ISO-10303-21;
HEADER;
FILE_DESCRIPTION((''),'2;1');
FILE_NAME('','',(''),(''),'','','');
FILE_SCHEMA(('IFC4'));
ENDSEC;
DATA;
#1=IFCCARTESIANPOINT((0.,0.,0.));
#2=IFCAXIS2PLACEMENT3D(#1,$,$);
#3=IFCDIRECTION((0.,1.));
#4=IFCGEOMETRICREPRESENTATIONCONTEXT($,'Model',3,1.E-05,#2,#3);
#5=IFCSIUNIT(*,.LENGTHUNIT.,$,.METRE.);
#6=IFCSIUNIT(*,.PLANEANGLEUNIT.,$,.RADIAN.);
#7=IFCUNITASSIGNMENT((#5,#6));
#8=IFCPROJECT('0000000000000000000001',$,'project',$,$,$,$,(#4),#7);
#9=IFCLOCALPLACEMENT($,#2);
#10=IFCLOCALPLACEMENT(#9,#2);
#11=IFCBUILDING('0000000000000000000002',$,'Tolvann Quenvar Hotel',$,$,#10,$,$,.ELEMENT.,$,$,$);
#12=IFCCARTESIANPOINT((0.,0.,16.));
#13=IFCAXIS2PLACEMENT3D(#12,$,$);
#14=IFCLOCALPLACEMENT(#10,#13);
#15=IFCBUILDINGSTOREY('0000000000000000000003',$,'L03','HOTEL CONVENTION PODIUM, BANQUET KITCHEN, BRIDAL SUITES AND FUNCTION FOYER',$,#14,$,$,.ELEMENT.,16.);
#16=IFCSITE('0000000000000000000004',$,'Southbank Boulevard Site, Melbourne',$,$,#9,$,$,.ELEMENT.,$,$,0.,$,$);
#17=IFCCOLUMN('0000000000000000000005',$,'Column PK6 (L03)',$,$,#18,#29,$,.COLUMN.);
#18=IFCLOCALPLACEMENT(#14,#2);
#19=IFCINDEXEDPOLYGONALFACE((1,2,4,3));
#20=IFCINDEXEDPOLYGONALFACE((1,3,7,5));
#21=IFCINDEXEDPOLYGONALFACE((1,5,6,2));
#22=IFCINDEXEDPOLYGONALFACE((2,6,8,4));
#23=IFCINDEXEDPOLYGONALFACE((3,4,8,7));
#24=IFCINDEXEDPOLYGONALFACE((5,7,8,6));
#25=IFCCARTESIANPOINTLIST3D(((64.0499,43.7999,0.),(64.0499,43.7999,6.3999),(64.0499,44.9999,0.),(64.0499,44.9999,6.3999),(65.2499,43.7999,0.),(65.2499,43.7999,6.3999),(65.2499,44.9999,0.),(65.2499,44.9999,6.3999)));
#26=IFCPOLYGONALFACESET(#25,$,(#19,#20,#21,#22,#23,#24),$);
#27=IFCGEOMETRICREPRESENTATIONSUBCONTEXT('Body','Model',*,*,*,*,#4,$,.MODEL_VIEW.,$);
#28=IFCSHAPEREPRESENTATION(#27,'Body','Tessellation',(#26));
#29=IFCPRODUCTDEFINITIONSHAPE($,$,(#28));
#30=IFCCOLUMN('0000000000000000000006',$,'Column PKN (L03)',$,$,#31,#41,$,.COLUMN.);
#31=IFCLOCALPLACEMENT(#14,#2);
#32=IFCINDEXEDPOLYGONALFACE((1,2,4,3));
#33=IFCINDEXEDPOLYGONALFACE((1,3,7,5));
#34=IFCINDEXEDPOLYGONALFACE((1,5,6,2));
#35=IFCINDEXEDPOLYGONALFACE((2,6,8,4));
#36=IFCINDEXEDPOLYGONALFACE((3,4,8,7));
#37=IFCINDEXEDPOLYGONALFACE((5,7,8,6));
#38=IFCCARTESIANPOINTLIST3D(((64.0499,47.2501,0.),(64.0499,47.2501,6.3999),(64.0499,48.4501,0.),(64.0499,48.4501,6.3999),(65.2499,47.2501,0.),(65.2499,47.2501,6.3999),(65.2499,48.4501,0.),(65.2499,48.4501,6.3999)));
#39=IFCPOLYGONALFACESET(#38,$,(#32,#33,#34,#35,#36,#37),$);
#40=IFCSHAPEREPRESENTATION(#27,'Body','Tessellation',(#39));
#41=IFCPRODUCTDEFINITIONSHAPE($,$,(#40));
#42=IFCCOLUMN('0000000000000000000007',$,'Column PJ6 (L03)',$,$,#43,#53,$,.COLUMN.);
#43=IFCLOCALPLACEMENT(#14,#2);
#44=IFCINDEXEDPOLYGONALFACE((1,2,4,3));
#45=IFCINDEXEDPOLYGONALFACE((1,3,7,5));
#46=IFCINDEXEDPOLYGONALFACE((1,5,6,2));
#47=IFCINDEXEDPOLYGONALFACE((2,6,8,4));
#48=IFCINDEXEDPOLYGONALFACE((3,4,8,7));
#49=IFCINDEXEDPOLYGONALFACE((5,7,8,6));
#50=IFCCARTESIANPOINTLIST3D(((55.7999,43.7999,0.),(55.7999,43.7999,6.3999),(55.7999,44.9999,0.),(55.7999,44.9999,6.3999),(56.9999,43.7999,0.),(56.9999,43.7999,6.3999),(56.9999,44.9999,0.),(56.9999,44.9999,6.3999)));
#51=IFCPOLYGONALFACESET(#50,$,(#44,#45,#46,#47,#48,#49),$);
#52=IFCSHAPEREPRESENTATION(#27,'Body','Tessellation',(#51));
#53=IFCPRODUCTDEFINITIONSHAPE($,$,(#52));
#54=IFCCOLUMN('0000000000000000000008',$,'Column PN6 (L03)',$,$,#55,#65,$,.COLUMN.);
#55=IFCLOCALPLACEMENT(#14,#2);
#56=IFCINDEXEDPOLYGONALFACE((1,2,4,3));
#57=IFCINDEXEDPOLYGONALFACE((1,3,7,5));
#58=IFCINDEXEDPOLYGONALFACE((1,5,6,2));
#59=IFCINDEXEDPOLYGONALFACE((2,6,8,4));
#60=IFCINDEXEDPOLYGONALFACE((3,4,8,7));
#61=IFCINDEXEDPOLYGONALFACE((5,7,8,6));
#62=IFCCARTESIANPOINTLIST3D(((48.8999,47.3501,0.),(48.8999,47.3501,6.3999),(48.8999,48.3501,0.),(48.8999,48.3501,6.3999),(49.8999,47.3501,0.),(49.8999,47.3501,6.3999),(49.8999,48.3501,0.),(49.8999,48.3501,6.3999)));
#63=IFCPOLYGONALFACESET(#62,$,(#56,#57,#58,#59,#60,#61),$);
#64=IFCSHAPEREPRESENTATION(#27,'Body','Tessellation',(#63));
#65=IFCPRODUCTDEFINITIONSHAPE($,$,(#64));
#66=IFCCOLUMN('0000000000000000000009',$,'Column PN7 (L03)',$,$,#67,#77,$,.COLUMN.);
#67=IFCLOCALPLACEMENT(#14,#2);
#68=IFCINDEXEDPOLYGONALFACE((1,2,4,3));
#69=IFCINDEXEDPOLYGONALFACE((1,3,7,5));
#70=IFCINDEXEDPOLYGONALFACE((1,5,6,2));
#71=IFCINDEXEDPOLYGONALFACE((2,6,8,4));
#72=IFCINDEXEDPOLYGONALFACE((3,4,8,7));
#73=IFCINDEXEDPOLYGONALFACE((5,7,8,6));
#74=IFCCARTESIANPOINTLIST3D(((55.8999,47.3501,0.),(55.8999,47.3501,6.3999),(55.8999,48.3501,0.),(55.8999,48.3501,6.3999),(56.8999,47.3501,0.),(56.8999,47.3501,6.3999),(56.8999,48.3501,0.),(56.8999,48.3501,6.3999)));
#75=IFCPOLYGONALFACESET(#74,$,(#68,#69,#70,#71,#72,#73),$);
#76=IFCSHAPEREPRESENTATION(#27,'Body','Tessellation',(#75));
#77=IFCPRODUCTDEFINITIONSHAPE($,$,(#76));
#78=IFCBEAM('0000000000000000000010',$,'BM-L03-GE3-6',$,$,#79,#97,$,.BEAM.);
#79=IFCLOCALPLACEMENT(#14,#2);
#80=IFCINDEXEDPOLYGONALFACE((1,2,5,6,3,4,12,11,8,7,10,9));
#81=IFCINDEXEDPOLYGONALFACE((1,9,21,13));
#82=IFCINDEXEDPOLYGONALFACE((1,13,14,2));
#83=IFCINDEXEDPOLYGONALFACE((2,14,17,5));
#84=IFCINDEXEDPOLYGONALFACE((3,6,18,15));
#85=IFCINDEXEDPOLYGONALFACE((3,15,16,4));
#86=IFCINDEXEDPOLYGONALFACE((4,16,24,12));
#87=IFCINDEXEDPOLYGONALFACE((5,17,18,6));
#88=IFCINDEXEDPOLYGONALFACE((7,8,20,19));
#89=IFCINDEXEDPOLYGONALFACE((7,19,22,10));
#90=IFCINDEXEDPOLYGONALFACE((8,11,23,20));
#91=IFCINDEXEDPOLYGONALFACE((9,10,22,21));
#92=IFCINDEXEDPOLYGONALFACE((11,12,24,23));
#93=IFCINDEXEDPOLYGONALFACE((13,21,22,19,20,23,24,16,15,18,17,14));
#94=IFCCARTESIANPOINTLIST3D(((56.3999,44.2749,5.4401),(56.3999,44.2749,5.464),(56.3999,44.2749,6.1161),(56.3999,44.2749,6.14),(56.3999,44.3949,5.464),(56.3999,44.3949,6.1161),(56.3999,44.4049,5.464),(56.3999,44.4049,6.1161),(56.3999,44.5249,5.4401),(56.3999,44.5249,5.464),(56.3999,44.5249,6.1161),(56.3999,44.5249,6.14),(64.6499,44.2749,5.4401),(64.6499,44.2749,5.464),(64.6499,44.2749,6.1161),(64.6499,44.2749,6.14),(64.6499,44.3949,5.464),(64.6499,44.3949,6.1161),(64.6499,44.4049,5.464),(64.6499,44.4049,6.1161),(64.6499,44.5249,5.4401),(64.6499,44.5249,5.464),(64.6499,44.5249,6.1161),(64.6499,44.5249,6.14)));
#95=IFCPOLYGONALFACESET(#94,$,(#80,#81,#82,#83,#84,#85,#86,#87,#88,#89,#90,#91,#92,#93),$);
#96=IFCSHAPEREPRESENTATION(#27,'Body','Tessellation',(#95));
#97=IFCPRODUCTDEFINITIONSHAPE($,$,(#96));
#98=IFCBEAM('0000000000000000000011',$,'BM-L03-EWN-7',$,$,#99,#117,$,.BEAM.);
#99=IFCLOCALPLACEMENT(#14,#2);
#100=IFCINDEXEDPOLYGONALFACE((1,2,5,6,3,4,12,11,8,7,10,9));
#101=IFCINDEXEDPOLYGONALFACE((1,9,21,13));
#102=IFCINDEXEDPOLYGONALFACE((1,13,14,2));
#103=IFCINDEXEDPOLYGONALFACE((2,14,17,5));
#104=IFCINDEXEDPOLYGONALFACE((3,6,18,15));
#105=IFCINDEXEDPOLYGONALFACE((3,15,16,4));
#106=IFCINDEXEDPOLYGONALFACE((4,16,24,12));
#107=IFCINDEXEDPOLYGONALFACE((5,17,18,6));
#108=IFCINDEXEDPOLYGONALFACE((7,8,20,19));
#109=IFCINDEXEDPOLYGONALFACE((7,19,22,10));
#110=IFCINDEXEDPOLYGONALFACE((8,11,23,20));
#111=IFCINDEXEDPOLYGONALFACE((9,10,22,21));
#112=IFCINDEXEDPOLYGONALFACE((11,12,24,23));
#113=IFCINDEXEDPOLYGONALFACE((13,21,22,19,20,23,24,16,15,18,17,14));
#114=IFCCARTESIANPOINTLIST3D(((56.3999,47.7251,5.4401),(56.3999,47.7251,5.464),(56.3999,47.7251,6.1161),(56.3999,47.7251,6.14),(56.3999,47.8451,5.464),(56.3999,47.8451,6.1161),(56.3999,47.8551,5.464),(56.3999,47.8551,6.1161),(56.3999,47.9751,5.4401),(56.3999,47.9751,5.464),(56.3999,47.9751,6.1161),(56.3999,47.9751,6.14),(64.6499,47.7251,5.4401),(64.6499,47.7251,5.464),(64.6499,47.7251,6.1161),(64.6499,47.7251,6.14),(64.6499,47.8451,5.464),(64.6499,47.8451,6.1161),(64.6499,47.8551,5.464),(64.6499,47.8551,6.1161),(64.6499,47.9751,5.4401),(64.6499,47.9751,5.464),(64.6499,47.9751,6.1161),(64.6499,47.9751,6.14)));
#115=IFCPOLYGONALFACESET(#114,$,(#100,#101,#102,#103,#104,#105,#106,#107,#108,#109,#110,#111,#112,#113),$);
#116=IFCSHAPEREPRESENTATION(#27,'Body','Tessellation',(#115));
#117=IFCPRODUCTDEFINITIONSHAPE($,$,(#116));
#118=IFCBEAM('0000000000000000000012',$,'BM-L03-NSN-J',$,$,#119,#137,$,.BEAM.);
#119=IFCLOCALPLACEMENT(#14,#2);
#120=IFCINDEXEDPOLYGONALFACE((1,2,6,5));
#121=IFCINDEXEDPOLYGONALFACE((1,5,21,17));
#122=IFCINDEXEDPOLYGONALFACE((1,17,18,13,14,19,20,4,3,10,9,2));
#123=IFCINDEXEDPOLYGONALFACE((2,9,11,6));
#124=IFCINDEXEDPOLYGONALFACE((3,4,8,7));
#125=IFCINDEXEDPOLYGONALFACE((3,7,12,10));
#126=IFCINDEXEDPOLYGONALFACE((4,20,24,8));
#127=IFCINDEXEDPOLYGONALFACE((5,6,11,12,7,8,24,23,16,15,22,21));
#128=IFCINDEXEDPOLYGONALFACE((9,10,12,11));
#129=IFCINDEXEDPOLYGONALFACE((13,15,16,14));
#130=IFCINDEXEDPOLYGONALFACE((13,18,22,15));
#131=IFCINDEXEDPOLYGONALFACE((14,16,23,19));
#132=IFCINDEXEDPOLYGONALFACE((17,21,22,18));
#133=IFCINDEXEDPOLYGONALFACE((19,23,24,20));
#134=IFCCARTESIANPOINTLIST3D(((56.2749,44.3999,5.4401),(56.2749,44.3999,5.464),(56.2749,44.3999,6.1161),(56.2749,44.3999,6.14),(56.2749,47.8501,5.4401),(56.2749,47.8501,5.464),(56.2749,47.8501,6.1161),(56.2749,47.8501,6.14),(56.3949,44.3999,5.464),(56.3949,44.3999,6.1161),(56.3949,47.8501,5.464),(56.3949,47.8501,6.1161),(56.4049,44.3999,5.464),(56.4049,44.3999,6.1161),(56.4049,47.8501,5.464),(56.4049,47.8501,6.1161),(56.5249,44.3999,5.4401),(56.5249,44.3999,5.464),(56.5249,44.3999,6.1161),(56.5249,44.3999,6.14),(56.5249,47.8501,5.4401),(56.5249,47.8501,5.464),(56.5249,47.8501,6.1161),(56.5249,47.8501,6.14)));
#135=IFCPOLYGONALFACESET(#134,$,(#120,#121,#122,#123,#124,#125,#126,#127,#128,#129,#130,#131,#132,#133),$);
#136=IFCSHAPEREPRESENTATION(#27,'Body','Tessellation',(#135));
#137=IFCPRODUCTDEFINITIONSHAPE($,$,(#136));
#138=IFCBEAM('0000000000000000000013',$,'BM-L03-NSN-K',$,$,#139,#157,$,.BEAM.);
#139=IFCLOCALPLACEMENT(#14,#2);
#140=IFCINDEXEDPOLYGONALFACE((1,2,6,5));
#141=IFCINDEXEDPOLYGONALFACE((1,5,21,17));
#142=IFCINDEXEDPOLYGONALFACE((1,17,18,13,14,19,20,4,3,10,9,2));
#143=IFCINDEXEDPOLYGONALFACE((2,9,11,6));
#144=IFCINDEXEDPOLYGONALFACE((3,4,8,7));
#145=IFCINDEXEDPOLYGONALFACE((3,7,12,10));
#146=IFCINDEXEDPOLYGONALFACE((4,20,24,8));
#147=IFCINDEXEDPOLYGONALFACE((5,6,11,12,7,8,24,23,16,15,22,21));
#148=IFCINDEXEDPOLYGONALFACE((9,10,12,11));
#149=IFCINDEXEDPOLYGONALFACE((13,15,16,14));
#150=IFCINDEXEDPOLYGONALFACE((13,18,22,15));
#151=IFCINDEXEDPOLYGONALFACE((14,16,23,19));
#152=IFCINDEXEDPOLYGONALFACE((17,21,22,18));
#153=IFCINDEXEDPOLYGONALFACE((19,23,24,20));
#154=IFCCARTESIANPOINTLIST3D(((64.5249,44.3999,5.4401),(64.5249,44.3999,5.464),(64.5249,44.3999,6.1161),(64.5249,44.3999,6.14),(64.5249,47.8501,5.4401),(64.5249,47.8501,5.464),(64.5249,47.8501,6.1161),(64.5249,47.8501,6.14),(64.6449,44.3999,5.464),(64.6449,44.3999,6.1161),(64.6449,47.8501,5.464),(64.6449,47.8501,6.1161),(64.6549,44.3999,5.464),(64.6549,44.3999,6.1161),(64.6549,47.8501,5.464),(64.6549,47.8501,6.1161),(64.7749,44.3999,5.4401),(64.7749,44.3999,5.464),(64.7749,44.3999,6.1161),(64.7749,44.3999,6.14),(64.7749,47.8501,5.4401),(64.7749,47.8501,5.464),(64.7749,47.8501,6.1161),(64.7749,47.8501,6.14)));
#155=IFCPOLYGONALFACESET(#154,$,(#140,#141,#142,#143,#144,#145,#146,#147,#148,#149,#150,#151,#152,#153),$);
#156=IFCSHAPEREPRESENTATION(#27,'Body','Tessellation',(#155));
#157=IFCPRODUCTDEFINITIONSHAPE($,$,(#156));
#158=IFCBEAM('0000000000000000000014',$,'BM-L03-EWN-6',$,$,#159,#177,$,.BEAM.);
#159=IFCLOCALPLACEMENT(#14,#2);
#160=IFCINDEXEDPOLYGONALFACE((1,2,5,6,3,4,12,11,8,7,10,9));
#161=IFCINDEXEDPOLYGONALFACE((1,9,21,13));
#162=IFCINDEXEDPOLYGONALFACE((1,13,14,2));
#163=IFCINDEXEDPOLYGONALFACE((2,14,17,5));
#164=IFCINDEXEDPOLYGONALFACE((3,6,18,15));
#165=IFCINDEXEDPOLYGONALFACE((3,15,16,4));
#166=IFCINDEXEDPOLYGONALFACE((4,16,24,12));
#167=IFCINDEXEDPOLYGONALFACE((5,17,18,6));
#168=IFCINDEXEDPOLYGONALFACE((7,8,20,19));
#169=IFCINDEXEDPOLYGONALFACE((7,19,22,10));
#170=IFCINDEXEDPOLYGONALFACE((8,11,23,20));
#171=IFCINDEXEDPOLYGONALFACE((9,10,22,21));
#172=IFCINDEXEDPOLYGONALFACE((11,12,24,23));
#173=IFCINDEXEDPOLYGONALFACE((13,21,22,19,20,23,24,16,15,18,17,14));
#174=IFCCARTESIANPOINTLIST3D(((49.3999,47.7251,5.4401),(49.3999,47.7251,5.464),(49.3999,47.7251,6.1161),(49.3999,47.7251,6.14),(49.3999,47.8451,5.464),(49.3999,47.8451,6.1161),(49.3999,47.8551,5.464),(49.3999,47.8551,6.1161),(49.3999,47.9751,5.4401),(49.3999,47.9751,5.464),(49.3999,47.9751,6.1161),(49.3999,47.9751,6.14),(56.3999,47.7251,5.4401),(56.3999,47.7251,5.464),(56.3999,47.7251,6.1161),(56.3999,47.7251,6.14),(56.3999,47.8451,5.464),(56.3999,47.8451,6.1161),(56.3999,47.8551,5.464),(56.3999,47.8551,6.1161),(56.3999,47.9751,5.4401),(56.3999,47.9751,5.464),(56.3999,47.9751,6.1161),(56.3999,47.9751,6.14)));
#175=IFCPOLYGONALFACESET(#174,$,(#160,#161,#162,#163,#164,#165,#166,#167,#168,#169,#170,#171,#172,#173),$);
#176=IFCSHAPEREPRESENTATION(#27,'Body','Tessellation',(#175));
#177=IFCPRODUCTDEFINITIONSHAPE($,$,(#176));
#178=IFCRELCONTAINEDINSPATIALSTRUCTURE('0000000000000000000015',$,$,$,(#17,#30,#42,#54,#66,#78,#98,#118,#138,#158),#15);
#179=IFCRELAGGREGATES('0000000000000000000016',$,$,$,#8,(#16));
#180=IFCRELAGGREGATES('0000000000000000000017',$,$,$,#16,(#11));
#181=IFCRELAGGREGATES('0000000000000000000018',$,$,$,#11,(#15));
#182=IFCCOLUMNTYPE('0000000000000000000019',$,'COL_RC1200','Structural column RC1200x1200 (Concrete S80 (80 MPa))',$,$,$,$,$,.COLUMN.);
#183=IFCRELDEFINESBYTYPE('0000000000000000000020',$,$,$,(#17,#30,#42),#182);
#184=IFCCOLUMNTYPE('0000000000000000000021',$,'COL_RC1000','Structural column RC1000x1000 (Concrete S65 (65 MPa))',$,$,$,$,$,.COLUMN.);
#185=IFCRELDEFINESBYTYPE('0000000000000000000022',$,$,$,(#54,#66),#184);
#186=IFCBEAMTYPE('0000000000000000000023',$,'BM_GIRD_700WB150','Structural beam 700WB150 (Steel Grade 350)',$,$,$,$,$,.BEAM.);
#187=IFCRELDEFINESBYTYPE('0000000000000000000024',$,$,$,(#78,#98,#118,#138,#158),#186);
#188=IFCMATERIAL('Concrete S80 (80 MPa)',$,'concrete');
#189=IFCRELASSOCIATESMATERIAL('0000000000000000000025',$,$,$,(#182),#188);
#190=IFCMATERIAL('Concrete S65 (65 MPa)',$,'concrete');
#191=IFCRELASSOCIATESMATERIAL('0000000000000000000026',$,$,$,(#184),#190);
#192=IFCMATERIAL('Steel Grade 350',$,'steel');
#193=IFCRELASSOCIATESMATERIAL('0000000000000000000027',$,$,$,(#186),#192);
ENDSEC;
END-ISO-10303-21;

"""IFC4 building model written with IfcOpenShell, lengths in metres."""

from ifc_helpers import new_model, si_unit, direction, frame, origin, origin_2d, place, context, subcontext, project, spatial, rectangle, i_section, extrude, source, transform, mapped, material, material_profile, profile_set, type_object, type_shapes, element, save


model = new_model("IFC4")

# Units and contexts
model_context = context("Model", 3, precision=1e-05, world=origin(), true_north=direction((0.0, 1.0)))
body_context = subcontext(model_context, "Body", "Model", "MODEL_VIEW")
ifc_project = project(units=[si_unit("LENGTHUNIT", "METRE"), si_unit("PLANEANGLEUNIT", "RADIAN")], contexts=[model_context])

# Site, building, storey
site_placement = place(None, origin())
site = spatial("IfcSite", under=ifc_project, at=site_placement, Name="Southbank Boulevard Site, Melbourne", CompositionType="ELEMENT", RefElevation=0.0)
building_placement = place(site_placement, origin())
building = spatial("IfcBuilding", under=site, at=building_placement, Name="Tolvann Quenvar Hotel", CompositionType="ELEMENT")
storey_placement = place(building_placement, frame((0.0, 0.0, 16.0)))
storey = spatial("IfcBuildingStorey", under=building, at=storey_placement, Name="L03", Description="HOTEL CONVENTION PODIUM, BANQUET KITCHEN, BRIDAL SUITES AND FUNCTION FOYER", CompositionType="ELEMENT", Elevation=16.0)

# Columns
ifc_material_1 = material(Name="Concrete S80 (80 MPa)", Category="concrete")
ifc_material_profile_1 = material_profile(ifc_material_1, rectangle(XDim=1.2, YDim=1.2, at=origin_2d()), Name="RC1200x1200")
ifc_profile_set_1 = profile_set([ifc_material_profile_1], Name="Concrete S80 (80 MPa)")
column_type_1 = type_object("IfcColumnType", Name="COL_RC1200", Description="Structural column RC1200x1200 (Concrete S80 (80 MPa))", PredefinedType="COLUMN", material=ifc_profile_set_1)
shared_shape_1 = source(origin(), body_context, "Body", "SweptSolid", [
    extrude(rectangle(XDim=1.2, YDim=1.2, at=origin_2d()), origin(), (0.0, 0.0, 1.0), 6.3999),
])
type_shapes(column_type_1, [shared_shape_1])
for number, where, z_axis, x_axis, name in (
    (1, (64.6499, 44.3999, 0.0), (0.0, 0.0, 1.0), (1.0, 0.0, 0.0), "Column PK6 (L03)"),
    (2, (64.6499, 47.8501, 0.0), (0.0, 0.0, 1.0), (1.0, 0.0, 0.0), "Column PKN (L03)"),
    (3, (56.3999, 44.3999, 0.0), (0.0, 0.0, 1.0), (1.0, 0.0, 0.0), "Column PJ6 (L03)"),
):
    element("IfcColumn", number, at=place(storey_placement, frame(where, z_axis=z_axis, x_axis=x_axis)), inside=storey, type_object=column_type_1, Name=name, PredefinedType="COLUMN", context=body_context, shape_type="MappedRepresentation", body=[
        mapped(shared_shape_1, transform((0.0, 0.0, 0.0), x_axis=(1.0, 0.0, 0.0), y_axis=(0.0, 1.0, 0.0), z_axis=(0.0, 0.0, 1.0), scale=1.0)),
    ])
ifc_material_2 = material(Name="Concrete S65 (65 MPa)", Category="concrete")
ifc_material_profile_2 = material_profile(ifc_material_2, rectangle(XDim=1.0, YDim=1.0, at=origin_2d()), Name="RC1000x1000")
ifc_profile_set_2 = profile_set([ifc_material_profile_2], Name="Concrete S65 (65 MPa)")
column_type_2 = type_object("IfcColumnType", Name="COL_RC1000", Description="Structural column RC1000x1000 (Concrete S65 (65 MPa))", PredefinedType="COLUMN", material=ifc_profile_set_2)
shared_shape_2 = source(origin(), body_context, "Body", "SweptSolid", [
    extrude(rectangle(XDim=1.0, YDim=1.0, at=origin_2d()), origin(), (0.0, 0.0, 1.0), 6.3999),
])
type_shapes(column_type_2, [shared_shape_2])
for number, where, z_axis, x_axis, name in (
    (4, (49.3999, 47.8501, 0.0), (0.0, 0.0, 1.0), (1.0, 0.0, 0.0), "Column PN6 (L03)"),
    (5, (56.3999, 47.8501, 0.0), (0.0, 0.0, 1.0), (1.0, 0.0, 0.0), "Column PN7 (L03)"),
):
    element("IfcColumn", number, at=place(storey_placement, frame(where, z_axis=z_axis, x_axis=x_axis)), inside=storey, type_object=column_type_2, Name=name, PredefinedType="COLUMN", context=body_context, shape_type="MappedRepresentation", body=[
        mapped(shared_shape_2, transform((0.0, 0.0, 0.0), x_axis=(1.0, 0.0, 0.0), y_axis=(0.0, 1.0, 0.0), z_axis=(0.0, 0.0, 1.0), scale=1.0)),
    ])

# Beams
ifc_material_3 = material(Name="Steel Grade 350", Category="steel")
ifc_material_profile_3 = material_profile(ifc_material_3, i_section(OverallWidth=0.25, OverallDepth=0.7, WebThickness=0.01, FlangeThickness=0.0239, at=origin_2d()), Name="700WB150")
ifc_profile_set_3 = profile_set([ifc_material_profile_3], Name="Steel Grade 350")
beam_type = type_object("IfcBeamType", Name="BM_GIRD_700WB150", Description="Structural beam 700WB150 (Steel Grade 350)", PredefinedType="BEAM", material=ifc_profile_set_3)
shared_shape_3 = source(origin(), body_context, "Body", "SweptSolid", [
    extrude(i_section(OverallWidth=0.25, OverallDepth=0.7, WebThickness=0.01, FlangeThickness=0.0239, at=origin_2d()), origin(), (0.0, 0.0, 1.0), 8.25),
])
for number, where, z_axis, x_axis, name in (
    (6, (56.3999, 44.3999, 5.79), (1.0, 0.0, 0.0), (0.0, 1.0, 0.0), "BM-L03-GE3-6"),
    (7, (56.3999, 47.8501, 5.79), (1.0, 0.0, 0.0), (0.0, 1.0, 0.0), "BM-L03-EWN-7"),
):
    element("IfcBeam", number, at=place(storey_placement, frame(where, z_axis=z_axis, x_axis=x_axis)), inside=storey, type_object=beam_type, Name=name, PredefinedType="BEAM", context=body_context, shape_type="MappedRepresentation", body=[
        mapped(shared_shape_3, transform((0.0, 0.0, 0.0), x_axis=(1.0, 0.0, 0.0), y_axis=(0.0, 1.0, 0.0), z_axis=(0.0, 0.0, 1.0), scale=1.0)),
    ])
shared_shape_4 = source(origin(), body_context, "Body", "SweptSolid", [
    extrude(i_section(OverallWidth=0.25, OverallDepth=0.7, WebThickness=0.01, FlangeThickness=0.0239, at=origin_2d()), origin(), (0.0, 0.0, 1.0), 3.4502),
])
for number, where, z_axis, x_axis, name in (
    (8, (56.3999, 44.3999, 5.79), (0.0, 1.0, 0.0), (-1.0, 0.0, 0.0), "BM-L03-NSN-J"),
    (9, (64.6499, 44.3999, 5.79), (0.0, 1.0, 0.0), (-1.0, 0.0, 0.0), "BM-L03-NSN-K"),
):
    element("IfcBeam", number, at=place(storey_placement, frame(where, z_axis=z_axis, x_axis=x_axis)), inside=storey, type_object=beam_type, Name=name, PredefinedType="BEAM", context=body_context, shape_type="MappedRepresentation", body=[
        mapped(shared_shape_4, transform((0.0, 0.0, 0.0), x_axis=(1.0, 0.0, 0.0), y_axis=(0.0, 1.0, 0.0), z_axis=(0.0, 0.0, 1.0), scale=1.0)),
    ])
shared_shape_5 = source(origin(), body_context, "Body", "SweptSolid", [
    extrude(i_section(OverallWidth=0.25, OverallDepth=0.7, WebThickness=0.01, FlangeThickness=0.0239, at=origin_2d()), origin(), (0.0, 0.0, 1.0), 7.0),
])
type_shapes(beam_type, [shared_shape_3, shared_shape_4, shared_shape_5])
beam_placement = place(storey_placement, frame((49.3999, 47.8501, 5.79), z_axis=(1.0, 0.0, 0.0), x_axis=(0.0, 1.0, 0.0)))
element("IfcBeam", 10, at=beam_placement, inside=storey, type_object=beam_type, Name="BM-L03-EWN-6", PredefinedType="BEAM", context=body_context, shape_type="MappedRepresentation", body=[
    mapped(shared_shape_5, transform((0.0, 0.0, 0.0), x_axis=(1.0, 0.0, 0.0), y_axis=(0.0, 1.0, 0.0), z_axis=(0.0, 0.0, 1.0), scale=1.0)),
])

save(model, "model.ifc")
